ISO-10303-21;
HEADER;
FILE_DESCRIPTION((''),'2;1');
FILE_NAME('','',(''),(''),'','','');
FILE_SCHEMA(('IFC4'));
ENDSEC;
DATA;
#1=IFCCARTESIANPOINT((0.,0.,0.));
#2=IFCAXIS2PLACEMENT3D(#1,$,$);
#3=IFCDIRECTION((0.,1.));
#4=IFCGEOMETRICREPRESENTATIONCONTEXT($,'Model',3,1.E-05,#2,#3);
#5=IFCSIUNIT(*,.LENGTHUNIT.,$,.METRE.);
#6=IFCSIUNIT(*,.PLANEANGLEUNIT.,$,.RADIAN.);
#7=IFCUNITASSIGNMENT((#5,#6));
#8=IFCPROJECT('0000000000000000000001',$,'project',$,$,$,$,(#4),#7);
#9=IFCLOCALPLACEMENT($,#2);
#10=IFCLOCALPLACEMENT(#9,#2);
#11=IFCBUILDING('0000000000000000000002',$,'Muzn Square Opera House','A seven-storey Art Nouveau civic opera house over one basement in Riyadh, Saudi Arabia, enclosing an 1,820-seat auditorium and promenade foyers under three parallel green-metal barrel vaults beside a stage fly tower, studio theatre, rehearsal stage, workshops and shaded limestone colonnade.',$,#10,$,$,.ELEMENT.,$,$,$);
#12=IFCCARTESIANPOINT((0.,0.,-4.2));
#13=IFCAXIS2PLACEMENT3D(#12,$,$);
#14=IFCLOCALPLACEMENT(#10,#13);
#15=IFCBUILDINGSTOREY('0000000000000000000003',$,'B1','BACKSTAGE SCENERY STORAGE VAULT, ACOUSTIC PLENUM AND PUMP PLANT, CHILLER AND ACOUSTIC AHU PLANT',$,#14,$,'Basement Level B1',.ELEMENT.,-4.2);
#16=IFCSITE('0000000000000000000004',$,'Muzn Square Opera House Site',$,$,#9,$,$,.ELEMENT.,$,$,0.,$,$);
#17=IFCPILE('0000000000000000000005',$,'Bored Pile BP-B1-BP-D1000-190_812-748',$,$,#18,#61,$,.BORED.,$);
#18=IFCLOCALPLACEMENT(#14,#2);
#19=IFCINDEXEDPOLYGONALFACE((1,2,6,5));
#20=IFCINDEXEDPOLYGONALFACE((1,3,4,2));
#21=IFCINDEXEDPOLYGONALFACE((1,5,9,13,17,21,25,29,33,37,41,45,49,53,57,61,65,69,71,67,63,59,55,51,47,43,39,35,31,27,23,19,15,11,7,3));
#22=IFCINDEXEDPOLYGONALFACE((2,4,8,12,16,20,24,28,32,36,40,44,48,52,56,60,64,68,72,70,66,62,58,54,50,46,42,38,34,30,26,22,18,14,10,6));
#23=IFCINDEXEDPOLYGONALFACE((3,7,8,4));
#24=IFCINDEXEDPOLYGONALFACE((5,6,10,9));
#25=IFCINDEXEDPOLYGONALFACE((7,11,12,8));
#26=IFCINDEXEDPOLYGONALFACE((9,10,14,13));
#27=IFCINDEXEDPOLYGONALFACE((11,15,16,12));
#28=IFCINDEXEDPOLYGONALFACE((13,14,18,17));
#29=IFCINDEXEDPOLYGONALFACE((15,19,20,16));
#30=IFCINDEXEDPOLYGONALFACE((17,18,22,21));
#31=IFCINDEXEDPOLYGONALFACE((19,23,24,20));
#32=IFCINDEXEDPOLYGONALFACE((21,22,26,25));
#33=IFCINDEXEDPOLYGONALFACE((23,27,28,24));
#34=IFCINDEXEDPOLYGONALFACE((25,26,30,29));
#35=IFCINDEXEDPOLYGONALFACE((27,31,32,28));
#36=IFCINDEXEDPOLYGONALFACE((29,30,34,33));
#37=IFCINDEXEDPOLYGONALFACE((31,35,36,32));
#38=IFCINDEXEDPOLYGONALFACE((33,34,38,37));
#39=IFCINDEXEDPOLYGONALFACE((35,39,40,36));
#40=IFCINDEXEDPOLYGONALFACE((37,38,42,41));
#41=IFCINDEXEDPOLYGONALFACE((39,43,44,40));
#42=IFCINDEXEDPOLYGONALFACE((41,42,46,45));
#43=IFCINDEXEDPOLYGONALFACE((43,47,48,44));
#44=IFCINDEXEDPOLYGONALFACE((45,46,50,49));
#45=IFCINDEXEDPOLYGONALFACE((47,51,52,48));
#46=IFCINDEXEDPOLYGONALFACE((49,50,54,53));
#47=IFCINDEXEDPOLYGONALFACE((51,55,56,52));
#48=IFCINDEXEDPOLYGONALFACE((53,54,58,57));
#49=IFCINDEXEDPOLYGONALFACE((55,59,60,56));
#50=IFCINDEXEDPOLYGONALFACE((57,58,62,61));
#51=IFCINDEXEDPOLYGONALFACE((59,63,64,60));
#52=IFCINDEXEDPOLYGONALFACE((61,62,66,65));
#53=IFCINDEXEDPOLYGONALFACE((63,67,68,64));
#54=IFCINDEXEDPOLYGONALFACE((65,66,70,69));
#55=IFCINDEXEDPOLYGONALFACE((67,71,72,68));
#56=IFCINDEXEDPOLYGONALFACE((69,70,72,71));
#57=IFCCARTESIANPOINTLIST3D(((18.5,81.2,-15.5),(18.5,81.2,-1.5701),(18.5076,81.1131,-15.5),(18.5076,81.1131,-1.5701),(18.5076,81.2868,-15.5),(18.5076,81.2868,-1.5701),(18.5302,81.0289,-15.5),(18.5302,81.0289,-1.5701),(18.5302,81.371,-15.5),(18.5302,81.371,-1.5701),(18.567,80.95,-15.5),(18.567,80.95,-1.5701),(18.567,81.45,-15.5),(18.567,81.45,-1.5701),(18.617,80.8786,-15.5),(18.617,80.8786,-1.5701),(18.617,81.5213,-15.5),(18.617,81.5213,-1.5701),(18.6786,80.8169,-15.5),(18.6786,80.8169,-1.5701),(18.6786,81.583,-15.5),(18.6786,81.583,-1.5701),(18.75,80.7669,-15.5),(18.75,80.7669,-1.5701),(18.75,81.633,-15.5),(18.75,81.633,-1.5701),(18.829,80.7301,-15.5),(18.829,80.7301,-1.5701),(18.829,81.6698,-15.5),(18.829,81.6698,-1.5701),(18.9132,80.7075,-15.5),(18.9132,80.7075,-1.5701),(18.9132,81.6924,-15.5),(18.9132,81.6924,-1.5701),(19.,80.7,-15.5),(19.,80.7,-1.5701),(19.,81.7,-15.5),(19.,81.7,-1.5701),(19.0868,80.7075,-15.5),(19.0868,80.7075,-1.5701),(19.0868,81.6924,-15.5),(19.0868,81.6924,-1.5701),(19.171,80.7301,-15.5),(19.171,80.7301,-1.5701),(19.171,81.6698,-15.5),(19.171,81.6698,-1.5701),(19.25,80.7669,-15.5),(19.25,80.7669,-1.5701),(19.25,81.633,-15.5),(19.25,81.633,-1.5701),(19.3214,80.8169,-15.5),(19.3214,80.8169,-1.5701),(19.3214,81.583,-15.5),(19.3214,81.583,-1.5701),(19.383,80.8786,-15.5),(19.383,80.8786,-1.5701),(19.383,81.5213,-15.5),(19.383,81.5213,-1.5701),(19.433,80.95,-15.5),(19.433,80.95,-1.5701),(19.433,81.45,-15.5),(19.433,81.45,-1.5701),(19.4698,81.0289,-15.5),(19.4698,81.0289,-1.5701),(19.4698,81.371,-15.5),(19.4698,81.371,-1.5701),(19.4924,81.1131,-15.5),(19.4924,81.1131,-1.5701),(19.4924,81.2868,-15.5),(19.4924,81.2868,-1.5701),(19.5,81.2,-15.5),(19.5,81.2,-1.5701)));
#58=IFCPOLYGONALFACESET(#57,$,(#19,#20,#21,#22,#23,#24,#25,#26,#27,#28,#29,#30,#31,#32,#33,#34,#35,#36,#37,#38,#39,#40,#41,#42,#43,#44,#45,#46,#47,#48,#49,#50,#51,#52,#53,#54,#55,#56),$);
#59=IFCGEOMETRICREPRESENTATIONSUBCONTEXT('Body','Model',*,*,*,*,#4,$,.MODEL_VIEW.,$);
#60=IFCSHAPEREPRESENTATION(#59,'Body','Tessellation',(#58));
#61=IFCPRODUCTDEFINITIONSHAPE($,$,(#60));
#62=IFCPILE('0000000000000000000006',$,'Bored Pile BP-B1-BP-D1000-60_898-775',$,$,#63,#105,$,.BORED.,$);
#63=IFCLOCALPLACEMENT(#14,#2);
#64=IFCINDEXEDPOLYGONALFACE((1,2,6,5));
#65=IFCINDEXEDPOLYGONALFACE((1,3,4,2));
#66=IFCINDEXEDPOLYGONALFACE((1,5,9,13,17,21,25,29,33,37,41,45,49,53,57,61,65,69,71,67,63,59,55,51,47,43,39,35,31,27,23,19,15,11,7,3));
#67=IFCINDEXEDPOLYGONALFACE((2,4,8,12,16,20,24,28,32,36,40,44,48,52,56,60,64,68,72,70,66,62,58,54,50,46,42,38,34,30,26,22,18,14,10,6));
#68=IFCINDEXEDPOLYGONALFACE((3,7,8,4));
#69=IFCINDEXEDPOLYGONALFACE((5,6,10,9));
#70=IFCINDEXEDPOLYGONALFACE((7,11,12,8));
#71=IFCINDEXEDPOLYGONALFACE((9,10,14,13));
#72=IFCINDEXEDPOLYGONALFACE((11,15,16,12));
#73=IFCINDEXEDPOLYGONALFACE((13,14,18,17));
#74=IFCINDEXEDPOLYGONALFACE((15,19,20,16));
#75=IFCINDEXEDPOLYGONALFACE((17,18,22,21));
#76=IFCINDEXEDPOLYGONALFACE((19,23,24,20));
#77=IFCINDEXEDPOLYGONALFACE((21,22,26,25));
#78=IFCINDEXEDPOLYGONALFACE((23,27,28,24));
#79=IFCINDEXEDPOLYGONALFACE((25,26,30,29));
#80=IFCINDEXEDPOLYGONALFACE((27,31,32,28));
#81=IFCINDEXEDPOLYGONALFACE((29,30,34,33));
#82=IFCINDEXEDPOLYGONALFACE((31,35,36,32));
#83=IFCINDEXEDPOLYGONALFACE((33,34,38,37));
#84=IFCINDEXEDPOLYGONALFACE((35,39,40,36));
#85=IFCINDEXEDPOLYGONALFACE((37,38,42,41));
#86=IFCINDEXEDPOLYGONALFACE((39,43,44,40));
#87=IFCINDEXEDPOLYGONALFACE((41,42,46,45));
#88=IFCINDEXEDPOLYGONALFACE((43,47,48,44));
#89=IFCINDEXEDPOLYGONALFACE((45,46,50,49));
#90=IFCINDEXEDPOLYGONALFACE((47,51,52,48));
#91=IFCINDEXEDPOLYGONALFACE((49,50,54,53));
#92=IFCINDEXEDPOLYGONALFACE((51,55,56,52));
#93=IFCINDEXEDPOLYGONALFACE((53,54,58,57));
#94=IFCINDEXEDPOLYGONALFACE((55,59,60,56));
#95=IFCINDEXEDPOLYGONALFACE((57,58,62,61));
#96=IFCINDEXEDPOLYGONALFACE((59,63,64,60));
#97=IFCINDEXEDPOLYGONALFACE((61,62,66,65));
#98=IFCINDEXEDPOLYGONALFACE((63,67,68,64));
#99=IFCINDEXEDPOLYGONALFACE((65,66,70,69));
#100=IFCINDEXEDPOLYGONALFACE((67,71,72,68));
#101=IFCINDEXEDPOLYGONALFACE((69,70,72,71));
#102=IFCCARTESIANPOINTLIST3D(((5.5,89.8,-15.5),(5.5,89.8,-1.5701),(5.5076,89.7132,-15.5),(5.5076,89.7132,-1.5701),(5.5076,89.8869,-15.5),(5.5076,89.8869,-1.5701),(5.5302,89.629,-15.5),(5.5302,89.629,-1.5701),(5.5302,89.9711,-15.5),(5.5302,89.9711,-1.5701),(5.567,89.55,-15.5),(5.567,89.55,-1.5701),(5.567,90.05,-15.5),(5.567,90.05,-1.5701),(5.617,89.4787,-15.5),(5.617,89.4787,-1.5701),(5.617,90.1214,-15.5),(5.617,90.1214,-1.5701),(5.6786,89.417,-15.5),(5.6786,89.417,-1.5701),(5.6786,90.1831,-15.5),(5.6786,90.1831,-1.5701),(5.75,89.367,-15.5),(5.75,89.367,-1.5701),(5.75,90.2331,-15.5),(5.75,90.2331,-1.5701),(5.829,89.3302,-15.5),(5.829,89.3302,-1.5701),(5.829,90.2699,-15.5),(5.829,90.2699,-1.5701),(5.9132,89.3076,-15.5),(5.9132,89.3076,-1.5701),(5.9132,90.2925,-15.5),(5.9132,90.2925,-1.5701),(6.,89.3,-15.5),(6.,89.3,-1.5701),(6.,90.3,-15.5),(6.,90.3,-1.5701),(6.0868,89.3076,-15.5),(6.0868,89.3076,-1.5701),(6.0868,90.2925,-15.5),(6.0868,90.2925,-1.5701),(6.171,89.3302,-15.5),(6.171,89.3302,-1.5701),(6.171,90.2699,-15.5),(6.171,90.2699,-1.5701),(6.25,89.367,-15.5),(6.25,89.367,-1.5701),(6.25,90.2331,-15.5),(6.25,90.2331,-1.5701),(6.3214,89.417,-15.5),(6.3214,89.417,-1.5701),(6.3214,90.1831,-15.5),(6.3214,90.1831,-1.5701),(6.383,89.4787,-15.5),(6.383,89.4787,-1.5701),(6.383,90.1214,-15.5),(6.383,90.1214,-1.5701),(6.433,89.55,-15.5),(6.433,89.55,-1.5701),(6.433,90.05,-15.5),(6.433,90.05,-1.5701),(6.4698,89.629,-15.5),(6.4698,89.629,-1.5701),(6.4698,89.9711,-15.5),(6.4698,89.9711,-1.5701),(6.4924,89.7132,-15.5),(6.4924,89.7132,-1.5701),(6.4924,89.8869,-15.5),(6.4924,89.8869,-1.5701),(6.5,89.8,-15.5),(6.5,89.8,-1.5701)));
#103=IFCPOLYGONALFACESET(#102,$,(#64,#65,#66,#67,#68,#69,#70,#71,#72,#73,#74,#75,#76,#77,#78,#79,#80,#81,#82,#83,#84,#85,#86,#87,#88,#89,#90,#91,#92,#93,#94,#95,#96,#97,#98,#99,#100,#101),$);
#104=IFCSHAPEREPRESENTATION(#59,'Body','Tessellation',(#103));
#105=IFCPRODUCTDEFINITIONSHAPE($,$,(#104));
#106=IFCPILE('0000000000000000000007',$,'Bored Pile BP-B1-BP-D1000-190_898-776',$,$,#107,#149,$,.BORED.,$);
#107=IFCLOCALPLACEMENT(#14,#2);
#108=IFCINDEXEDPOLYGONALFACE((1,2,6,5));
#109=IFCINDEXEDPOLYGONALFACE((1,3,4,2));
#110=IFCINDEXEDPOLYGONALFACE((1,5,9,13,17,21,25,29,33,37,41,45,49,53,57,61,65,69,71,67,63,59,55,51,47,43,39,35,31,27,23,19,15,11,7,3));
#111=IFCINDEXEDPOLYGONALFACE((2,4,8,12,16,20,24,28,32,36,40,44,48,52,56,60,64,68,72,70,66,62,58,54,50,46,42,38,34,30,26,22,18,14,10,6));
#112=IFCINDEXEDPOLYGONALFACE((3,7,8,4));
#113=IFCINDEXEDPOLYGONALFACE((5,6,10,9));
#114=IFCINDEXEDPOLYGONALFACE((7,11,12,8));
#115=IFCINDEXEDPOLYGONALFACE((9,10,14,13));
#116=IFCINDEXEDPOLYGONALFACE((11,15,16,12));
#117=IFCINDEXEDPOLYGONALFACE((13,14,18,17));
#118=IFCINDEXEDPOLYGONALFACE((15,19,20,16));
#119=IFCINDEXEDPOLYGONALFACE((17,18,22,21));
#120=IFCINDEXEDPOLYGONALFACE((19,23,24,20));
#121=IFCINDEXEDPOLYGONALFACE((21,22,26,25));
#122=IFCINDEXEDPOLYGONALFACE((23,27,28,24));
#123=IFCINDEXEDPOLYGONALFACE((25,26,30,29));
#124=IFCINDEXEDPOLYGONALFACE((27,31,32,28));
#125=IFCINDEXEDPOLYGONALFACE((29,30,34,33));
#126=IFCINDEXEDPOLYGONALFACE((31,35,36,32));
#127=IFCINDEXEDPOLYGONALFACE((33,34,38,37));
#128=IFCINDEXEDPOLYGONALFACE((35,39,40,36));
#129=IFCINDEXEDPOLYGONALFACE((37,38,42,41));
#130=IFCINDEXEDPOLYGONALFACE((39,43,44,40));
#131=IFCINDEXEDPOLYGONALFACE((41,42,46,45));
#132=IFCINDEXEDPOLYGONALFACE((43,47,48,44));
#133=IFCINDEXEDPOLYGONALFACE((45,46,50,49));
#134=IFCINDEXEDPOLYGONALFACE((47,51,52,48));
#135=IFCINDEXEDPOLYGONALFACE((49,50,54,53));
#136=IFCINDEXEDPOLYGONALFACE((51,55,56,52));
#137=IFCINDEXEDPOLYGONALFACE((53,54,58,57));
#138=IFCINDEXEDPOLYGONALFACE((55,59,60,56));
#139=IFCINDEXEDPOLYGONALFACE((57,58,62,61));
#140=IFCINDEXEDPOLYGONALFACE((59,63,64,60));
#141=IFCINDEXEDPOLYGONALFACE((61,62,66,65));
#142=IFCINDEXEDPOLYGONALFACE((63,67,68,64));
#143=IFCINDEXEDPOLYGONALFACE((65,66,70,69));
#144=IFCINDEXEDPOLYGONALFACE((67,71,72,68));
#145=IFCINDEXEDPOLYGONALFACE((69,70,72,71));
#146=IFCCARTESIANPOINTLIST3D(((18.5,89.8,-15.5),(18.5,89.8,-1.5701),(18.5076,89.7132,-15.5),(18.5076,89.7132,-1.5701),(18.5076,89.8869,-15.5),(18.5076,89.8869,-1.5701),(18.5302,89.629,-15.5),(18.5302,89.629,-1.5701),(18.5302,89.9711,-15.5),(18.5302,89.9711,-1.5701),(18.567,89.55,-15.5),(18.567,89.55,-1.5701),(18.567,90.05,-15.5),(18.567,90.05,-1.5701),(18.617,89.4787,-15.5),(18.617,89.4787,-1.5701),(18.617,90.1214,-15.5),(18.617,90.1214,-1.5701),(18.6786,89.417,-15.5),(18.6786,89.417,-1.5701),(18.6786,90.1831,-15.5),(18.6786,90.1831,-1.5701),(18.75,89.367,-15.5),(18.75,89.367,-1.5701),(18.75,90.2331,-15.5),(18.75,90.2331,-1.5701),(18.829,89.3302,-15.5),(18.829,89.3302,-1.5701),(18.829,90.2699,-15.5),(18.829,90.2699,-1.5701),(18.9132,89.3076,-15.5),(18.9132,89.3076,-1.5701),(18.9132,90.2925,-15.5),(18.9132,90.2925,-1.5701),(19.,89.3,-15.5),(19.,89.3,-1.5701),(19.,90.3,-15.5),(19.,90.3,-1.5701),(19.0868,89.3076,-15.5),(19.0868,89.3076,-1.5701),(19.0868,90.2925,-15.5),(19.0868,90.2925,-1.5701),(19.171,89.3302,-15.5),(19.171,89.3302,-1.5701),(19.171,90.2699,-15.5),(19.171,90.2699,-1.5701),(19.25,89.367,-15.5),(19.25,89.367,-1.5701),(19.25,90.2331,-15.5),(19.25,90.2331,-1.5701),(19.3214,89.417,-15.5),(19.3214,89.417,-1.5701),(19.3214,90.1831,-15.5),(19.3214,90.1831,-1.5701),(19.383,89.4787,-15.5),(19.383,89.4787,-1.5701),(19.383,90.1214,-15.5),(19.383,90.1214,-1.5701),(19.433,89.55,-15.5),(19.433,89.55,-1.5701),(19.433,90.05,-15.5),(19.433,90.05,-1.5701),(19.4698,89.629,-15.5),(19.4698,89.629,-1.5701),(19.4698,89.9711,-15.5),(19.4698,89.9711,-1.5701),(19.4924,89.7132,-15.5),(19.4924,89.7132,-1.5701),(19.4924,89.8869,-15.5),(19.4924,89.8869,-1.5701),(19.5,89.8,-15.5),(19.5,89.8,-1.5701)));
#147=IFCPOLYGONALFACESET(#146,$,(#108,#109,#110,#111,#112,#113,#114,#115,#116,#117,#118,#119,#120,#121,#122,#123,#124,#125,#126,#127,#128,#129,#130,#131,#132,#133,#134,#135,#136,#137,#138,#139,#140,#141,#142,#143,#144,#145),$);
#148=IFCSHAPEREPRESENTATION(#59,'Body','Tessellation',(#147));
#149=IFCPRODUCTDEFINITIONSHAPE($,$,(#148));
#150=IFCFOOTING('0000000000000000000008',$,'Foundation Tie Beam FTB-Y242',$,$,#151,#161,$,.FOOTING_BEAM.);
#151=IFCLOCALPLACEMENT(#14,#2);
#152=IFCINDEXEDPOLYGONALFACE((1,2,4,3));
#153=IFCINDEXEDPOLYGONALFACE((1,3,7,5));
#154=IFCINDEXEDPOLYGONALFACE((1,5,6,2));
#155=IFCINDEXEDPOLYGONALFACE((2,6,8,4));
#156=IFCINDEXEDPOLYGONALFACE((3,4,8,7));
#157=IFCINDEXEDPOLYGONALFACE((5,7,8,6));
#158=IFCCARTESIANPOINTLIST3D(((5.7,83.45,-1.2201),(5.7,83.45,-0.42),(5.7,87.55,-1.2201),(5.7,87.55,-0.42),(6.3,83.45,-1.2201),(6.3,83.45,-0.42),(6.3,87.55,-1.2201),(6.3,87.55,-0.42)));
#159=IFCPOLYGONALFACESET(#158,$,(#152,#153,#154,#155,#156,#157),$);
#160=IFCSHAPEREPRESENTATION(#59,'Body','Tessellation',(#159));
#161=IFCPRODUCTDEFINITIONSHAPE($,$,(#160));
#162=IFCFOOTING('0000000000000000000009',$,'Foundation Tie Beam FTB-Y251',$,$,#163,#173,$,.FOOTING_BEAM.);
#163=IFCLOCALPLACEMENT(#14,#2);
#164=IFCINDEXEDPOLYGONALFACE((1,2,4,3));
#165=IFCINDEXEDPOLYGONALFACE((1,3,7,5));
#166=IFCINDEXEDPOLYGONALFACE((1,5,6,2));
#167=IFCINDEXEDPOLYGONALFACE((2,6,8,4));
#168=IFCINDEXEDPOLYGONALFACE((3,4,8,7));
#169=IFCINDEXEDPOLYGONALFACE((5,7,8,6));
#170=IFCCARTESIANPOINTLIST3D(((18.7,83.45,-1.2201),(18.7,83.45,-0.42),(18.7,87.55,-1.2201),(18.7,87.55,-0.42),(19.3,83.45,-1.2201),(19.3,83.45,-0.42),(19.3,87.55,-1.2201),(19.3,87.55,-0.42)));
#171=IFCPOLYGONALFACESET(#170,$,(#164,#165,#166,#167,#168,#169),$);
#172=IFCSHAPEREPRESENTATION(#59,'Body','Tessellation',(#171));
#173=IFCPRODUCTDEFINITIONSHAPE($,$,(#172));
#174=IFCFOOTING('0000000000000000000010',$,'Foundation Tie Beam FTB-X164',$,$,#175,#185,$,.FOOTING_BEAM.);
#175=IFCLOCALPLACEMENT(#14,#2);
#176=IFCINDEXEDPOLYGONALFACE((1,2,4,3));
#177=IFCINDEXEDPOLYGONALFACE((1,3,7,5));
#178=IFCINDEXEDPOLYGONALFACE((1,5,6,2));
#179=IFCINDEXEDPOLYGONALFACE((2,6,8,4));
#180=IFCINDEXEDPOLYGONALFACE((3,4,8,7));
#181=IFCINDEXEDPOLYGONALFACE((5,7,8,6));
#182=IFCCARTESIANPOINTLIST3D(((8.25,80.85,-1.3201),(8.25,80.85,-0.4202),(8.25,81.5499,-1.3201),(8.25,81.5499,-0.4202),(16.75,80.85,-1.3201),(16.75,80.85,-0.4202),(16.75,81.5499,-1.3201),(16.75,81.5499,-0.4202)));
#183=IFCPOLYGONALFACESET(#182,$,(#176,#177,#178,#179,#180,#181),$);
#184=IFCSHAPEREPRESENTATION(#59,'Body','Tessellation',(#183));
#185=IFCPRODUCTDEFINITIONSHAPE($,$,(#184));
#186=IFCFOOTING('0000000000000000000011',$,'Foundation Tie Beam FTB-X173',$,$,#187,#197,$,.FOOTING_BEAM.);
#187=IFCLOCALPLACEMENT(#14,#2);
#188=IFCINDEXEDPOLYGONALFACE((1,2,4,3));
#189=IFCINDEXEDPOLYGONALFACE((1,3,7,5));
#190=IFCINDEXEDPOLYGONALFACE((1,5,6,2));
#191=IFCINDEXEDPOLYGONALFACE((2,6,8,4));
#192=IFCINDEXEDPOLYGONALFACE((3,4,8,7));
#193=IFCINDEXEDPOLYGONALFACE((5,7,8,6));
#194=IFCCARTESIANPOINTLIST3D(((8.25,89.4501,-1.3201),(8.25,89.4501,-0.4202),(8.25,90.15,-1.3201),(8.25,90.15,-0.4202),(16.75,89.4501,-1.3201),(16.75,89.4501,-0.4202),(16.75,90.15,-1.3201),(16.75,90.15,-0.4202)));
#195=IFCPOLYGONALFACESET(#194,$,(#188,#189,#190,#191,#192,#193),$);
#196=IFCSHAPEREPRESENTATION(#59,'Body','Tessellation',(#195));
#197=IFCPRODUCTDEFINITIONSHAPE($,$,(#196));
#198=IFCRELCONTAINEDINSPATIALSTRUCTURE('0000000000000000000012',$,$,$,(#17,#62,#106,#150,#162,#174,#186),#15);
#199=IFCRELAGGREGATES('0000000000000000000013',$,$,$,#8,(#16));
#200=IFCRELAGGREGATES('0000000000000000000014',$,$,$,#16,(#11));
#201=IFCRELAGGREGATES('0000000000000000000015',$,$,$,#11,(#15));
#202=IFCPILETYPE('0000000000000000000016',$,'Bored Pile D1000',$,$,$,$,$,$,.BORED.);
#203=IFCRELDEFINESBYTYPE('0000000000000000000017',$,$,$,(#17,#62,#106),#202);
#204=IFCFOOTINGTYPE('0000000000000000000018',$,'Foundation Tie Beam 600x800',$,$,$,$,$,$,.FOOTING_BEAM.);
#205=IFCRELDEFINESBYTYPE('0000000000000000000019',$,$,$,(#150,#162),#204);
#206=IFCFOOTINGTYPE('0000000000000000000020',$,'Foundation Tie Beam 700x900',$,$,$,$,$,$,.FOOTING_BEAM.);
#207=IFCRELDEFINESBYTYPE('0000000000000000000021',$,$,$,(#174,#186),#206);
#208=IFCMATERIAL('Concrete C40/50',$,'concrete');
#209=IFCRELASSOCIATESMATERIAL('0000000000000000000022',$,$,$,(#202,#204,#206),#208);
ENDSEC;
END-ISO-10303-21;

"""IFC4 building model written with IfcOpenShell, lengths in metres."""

from ifc_helpers import new_model, si_unit, direction, frame, origin, origin_2d, place, context, subcontext, project, spatial, rectangle, circle, extrude, material, material_profile, profile_set, type_object, element, save


model = new_model("IFC4")

# Units and contexts
model_context = context("Model", 3, precision=1e-05, world=origin(), true_north=direction((0.0, 1.0)))
body_context = subcontext(model_context, "Body", "Model", "MODEL_VIEW")
ifc_project = project(units=[si_unit("LENGTHUNIT", "METRE"), si_unit("PLANEANGLEUNIT", "RADIAN")], contexts=[model_context])

# Site, building, storey
site_placement = place(None, origin())
site = spatial("IfcSite", under=ifc_project, at=site_placement, Name="Muzn Square Opera House Site", CompositionType="ELEMENT", RefElevation=0.0)
building_placement = place(site_placement, origin())
building = spatial("IfcBuilding", under=site, at=building_placement, Name="Muzn Square Opera House", Description="A seven-storey Art Nouveau civic opera house over one basement in Riyadh, Saudi Arabia, enclosing an 1,820-seat auditorium and promenade foyers under three parallel green-metal barrel vaults beside a stage fly tower, studio theatre, rehearsal stage, workshops and shaded limestone colonnade.", CompositionType="ELEMENT")
storey_placement = place(building_placement, frame((0.0, 0.0, -4.2)))
storey = spatial("IfcBuildingStorey", under=building, at=storey_placement, Name="B1", Description="BACKSTAGE SCENERY STORAGE VAULT, ACOUSTIC PLENUM AND PUMP PLANT, CHILLER AND ACOUSTIC AHU PLANT", LongName="Basement Level B1", CompositionType="ELEMENT", Elevation=-4.2)

# Piles
ifc_material_1 = material(Name="Concrete C40/50", Category="concrete")
ifc_material_profile_1 = material_profile(ifc_material_1, circle(Radius=0.5, at=origin_2d()), Name="BORED PILE D1000", Category="concrete")
ifc_profile_set_1 = profile_set([ifc_material_profile_1], Name="Concrete C40/50")
pile_type = type_object("IfcPileType", Name="Bored Pile D1000", PredefinedType="BORED", material=ifc_profile_set_1)
for number, where, z_axis, x_axis, name in (
    (1, (19.0, 81.2, -1.5701), (0.0, 0.0, -1.0), (1.0, 0.0, 0.0), "Bored Pile BP-B1-BP-D1000-190_812-748"),
    (2, (6.0, 89.8, -1.5701), (0.0, 0.0, -1.0), (1.0, 0.0, 0.0), "Bored Pile BP-B1-BP-D1000-60_898-775"),
    (3, (19.0, 89.8, -1.5701), (0.0, 0.0, -1.0), (1.0, 0.0, 0.0), "Bored Pile BP-B1-BP-D1000-190_898-776"),
):
    element("IfcPile", number, at=place(storey_placement, frame(where, z_axis=z_axis, x_axis=x_axis)), inside=storey, type_object=pile_type, Name=name, PredefinedType="BORED", context=body_context, shape_type="SweptSolid", body=[
        extrude(circle(Radius=0.5, at=origin_2d()), origin(), (0.0, 0.0, 1.0), 13.9299),
    ])

# Footings
ifc_material_profile_2 = material_profile(ifc_material_1, rectangle(XDim=0.6001, YDim=0.8, at=origin_2d()), Name="RCTB 600x800", Category="concrete")
ifc_profile_set_2 = profile_set([ifc_material_profile_2], Name="Concrete C40/50")
footing_type_1 = type_object("IfcFootingType", Name="Foundation Tie Beam 600x800", PredefinedType="FOOTING_BEAM", material=ifc_profile_set_2)
for number, where, z_axis, x_axis, name in (
    (4, (6.0, 83.45, -0.8201), (0.0, 1.0, 0.0), (-1.0, 0.0, 0.0), "Foundation Tie Beam FTB-Y242"),
    (5, (19.0, 83.45, -0.8201), (0.0, 1.0, 0.0), (-1.0, 0.0, 0.0), "Foundation Tie Beam FTB-Y251"),
):
    element("IfcFooting", number, at=place(storey_placement, frame(where, z_axis=z_axis, x_axis=x_axis)), inside=storey, type_object=footing_type_1, Name=name, PredefinedType="FOOTING_BEAM", context=body_context, shape_type="SweptSolid", body=[
        extrude(rectangle(XDim=0.6001, YDim=0.8, at=origin_2d()), origin(), (0.0, 0.0, 1.0), 4.1001),
    ])
ifc_material_profile_3 = material_profile(ifc_material_1, rectangle(XDim=0.7, YDim=0.8999, at=origin_2d()), Name="RCTB 700x900", Category="concrete")
ifc_profile_set_3 = profile_set([ifc_material_profile_3], Name="Concrete C40/50")
footing_type_2 = type_object("IfcFootingType", Name="Foundation Tie Beam 700x900", PredefinedType="FOOTING_BEAM", material=ifc_profile_set_3)
for number, where, z_axis, x_axis, name in (
    (6, (8.25, 81.2, -0.8701), (1.0, 0.0, 0.0), (0.0, 1.0, 0.0), "Foundation Tie Beam FTB-X164"),
    (7, (8.25, 89.8, -0.8701), (1.0, 0.0, 0.0), (0.0, 1.0, 0.0), "Foundation Tie Beam FTB-X173"),
):
    element("IfcFooting", number, at=place(storey_placement, frame(where, z_axis=z_axis, x_axis=x_axis)), inside=storey, type_object=footing_type_2, Name=name, PredefinedType="FOOTING_BEAM", context=body_context, shape_type="SweptSolid", body=[
        extrude(rectangle(XDim=0.7, YDim=0.8999, at=origin_2d()), origin(), (0.0, 0.0, 1.0), 8.5),
    ])

save(model, "model.ifc")
